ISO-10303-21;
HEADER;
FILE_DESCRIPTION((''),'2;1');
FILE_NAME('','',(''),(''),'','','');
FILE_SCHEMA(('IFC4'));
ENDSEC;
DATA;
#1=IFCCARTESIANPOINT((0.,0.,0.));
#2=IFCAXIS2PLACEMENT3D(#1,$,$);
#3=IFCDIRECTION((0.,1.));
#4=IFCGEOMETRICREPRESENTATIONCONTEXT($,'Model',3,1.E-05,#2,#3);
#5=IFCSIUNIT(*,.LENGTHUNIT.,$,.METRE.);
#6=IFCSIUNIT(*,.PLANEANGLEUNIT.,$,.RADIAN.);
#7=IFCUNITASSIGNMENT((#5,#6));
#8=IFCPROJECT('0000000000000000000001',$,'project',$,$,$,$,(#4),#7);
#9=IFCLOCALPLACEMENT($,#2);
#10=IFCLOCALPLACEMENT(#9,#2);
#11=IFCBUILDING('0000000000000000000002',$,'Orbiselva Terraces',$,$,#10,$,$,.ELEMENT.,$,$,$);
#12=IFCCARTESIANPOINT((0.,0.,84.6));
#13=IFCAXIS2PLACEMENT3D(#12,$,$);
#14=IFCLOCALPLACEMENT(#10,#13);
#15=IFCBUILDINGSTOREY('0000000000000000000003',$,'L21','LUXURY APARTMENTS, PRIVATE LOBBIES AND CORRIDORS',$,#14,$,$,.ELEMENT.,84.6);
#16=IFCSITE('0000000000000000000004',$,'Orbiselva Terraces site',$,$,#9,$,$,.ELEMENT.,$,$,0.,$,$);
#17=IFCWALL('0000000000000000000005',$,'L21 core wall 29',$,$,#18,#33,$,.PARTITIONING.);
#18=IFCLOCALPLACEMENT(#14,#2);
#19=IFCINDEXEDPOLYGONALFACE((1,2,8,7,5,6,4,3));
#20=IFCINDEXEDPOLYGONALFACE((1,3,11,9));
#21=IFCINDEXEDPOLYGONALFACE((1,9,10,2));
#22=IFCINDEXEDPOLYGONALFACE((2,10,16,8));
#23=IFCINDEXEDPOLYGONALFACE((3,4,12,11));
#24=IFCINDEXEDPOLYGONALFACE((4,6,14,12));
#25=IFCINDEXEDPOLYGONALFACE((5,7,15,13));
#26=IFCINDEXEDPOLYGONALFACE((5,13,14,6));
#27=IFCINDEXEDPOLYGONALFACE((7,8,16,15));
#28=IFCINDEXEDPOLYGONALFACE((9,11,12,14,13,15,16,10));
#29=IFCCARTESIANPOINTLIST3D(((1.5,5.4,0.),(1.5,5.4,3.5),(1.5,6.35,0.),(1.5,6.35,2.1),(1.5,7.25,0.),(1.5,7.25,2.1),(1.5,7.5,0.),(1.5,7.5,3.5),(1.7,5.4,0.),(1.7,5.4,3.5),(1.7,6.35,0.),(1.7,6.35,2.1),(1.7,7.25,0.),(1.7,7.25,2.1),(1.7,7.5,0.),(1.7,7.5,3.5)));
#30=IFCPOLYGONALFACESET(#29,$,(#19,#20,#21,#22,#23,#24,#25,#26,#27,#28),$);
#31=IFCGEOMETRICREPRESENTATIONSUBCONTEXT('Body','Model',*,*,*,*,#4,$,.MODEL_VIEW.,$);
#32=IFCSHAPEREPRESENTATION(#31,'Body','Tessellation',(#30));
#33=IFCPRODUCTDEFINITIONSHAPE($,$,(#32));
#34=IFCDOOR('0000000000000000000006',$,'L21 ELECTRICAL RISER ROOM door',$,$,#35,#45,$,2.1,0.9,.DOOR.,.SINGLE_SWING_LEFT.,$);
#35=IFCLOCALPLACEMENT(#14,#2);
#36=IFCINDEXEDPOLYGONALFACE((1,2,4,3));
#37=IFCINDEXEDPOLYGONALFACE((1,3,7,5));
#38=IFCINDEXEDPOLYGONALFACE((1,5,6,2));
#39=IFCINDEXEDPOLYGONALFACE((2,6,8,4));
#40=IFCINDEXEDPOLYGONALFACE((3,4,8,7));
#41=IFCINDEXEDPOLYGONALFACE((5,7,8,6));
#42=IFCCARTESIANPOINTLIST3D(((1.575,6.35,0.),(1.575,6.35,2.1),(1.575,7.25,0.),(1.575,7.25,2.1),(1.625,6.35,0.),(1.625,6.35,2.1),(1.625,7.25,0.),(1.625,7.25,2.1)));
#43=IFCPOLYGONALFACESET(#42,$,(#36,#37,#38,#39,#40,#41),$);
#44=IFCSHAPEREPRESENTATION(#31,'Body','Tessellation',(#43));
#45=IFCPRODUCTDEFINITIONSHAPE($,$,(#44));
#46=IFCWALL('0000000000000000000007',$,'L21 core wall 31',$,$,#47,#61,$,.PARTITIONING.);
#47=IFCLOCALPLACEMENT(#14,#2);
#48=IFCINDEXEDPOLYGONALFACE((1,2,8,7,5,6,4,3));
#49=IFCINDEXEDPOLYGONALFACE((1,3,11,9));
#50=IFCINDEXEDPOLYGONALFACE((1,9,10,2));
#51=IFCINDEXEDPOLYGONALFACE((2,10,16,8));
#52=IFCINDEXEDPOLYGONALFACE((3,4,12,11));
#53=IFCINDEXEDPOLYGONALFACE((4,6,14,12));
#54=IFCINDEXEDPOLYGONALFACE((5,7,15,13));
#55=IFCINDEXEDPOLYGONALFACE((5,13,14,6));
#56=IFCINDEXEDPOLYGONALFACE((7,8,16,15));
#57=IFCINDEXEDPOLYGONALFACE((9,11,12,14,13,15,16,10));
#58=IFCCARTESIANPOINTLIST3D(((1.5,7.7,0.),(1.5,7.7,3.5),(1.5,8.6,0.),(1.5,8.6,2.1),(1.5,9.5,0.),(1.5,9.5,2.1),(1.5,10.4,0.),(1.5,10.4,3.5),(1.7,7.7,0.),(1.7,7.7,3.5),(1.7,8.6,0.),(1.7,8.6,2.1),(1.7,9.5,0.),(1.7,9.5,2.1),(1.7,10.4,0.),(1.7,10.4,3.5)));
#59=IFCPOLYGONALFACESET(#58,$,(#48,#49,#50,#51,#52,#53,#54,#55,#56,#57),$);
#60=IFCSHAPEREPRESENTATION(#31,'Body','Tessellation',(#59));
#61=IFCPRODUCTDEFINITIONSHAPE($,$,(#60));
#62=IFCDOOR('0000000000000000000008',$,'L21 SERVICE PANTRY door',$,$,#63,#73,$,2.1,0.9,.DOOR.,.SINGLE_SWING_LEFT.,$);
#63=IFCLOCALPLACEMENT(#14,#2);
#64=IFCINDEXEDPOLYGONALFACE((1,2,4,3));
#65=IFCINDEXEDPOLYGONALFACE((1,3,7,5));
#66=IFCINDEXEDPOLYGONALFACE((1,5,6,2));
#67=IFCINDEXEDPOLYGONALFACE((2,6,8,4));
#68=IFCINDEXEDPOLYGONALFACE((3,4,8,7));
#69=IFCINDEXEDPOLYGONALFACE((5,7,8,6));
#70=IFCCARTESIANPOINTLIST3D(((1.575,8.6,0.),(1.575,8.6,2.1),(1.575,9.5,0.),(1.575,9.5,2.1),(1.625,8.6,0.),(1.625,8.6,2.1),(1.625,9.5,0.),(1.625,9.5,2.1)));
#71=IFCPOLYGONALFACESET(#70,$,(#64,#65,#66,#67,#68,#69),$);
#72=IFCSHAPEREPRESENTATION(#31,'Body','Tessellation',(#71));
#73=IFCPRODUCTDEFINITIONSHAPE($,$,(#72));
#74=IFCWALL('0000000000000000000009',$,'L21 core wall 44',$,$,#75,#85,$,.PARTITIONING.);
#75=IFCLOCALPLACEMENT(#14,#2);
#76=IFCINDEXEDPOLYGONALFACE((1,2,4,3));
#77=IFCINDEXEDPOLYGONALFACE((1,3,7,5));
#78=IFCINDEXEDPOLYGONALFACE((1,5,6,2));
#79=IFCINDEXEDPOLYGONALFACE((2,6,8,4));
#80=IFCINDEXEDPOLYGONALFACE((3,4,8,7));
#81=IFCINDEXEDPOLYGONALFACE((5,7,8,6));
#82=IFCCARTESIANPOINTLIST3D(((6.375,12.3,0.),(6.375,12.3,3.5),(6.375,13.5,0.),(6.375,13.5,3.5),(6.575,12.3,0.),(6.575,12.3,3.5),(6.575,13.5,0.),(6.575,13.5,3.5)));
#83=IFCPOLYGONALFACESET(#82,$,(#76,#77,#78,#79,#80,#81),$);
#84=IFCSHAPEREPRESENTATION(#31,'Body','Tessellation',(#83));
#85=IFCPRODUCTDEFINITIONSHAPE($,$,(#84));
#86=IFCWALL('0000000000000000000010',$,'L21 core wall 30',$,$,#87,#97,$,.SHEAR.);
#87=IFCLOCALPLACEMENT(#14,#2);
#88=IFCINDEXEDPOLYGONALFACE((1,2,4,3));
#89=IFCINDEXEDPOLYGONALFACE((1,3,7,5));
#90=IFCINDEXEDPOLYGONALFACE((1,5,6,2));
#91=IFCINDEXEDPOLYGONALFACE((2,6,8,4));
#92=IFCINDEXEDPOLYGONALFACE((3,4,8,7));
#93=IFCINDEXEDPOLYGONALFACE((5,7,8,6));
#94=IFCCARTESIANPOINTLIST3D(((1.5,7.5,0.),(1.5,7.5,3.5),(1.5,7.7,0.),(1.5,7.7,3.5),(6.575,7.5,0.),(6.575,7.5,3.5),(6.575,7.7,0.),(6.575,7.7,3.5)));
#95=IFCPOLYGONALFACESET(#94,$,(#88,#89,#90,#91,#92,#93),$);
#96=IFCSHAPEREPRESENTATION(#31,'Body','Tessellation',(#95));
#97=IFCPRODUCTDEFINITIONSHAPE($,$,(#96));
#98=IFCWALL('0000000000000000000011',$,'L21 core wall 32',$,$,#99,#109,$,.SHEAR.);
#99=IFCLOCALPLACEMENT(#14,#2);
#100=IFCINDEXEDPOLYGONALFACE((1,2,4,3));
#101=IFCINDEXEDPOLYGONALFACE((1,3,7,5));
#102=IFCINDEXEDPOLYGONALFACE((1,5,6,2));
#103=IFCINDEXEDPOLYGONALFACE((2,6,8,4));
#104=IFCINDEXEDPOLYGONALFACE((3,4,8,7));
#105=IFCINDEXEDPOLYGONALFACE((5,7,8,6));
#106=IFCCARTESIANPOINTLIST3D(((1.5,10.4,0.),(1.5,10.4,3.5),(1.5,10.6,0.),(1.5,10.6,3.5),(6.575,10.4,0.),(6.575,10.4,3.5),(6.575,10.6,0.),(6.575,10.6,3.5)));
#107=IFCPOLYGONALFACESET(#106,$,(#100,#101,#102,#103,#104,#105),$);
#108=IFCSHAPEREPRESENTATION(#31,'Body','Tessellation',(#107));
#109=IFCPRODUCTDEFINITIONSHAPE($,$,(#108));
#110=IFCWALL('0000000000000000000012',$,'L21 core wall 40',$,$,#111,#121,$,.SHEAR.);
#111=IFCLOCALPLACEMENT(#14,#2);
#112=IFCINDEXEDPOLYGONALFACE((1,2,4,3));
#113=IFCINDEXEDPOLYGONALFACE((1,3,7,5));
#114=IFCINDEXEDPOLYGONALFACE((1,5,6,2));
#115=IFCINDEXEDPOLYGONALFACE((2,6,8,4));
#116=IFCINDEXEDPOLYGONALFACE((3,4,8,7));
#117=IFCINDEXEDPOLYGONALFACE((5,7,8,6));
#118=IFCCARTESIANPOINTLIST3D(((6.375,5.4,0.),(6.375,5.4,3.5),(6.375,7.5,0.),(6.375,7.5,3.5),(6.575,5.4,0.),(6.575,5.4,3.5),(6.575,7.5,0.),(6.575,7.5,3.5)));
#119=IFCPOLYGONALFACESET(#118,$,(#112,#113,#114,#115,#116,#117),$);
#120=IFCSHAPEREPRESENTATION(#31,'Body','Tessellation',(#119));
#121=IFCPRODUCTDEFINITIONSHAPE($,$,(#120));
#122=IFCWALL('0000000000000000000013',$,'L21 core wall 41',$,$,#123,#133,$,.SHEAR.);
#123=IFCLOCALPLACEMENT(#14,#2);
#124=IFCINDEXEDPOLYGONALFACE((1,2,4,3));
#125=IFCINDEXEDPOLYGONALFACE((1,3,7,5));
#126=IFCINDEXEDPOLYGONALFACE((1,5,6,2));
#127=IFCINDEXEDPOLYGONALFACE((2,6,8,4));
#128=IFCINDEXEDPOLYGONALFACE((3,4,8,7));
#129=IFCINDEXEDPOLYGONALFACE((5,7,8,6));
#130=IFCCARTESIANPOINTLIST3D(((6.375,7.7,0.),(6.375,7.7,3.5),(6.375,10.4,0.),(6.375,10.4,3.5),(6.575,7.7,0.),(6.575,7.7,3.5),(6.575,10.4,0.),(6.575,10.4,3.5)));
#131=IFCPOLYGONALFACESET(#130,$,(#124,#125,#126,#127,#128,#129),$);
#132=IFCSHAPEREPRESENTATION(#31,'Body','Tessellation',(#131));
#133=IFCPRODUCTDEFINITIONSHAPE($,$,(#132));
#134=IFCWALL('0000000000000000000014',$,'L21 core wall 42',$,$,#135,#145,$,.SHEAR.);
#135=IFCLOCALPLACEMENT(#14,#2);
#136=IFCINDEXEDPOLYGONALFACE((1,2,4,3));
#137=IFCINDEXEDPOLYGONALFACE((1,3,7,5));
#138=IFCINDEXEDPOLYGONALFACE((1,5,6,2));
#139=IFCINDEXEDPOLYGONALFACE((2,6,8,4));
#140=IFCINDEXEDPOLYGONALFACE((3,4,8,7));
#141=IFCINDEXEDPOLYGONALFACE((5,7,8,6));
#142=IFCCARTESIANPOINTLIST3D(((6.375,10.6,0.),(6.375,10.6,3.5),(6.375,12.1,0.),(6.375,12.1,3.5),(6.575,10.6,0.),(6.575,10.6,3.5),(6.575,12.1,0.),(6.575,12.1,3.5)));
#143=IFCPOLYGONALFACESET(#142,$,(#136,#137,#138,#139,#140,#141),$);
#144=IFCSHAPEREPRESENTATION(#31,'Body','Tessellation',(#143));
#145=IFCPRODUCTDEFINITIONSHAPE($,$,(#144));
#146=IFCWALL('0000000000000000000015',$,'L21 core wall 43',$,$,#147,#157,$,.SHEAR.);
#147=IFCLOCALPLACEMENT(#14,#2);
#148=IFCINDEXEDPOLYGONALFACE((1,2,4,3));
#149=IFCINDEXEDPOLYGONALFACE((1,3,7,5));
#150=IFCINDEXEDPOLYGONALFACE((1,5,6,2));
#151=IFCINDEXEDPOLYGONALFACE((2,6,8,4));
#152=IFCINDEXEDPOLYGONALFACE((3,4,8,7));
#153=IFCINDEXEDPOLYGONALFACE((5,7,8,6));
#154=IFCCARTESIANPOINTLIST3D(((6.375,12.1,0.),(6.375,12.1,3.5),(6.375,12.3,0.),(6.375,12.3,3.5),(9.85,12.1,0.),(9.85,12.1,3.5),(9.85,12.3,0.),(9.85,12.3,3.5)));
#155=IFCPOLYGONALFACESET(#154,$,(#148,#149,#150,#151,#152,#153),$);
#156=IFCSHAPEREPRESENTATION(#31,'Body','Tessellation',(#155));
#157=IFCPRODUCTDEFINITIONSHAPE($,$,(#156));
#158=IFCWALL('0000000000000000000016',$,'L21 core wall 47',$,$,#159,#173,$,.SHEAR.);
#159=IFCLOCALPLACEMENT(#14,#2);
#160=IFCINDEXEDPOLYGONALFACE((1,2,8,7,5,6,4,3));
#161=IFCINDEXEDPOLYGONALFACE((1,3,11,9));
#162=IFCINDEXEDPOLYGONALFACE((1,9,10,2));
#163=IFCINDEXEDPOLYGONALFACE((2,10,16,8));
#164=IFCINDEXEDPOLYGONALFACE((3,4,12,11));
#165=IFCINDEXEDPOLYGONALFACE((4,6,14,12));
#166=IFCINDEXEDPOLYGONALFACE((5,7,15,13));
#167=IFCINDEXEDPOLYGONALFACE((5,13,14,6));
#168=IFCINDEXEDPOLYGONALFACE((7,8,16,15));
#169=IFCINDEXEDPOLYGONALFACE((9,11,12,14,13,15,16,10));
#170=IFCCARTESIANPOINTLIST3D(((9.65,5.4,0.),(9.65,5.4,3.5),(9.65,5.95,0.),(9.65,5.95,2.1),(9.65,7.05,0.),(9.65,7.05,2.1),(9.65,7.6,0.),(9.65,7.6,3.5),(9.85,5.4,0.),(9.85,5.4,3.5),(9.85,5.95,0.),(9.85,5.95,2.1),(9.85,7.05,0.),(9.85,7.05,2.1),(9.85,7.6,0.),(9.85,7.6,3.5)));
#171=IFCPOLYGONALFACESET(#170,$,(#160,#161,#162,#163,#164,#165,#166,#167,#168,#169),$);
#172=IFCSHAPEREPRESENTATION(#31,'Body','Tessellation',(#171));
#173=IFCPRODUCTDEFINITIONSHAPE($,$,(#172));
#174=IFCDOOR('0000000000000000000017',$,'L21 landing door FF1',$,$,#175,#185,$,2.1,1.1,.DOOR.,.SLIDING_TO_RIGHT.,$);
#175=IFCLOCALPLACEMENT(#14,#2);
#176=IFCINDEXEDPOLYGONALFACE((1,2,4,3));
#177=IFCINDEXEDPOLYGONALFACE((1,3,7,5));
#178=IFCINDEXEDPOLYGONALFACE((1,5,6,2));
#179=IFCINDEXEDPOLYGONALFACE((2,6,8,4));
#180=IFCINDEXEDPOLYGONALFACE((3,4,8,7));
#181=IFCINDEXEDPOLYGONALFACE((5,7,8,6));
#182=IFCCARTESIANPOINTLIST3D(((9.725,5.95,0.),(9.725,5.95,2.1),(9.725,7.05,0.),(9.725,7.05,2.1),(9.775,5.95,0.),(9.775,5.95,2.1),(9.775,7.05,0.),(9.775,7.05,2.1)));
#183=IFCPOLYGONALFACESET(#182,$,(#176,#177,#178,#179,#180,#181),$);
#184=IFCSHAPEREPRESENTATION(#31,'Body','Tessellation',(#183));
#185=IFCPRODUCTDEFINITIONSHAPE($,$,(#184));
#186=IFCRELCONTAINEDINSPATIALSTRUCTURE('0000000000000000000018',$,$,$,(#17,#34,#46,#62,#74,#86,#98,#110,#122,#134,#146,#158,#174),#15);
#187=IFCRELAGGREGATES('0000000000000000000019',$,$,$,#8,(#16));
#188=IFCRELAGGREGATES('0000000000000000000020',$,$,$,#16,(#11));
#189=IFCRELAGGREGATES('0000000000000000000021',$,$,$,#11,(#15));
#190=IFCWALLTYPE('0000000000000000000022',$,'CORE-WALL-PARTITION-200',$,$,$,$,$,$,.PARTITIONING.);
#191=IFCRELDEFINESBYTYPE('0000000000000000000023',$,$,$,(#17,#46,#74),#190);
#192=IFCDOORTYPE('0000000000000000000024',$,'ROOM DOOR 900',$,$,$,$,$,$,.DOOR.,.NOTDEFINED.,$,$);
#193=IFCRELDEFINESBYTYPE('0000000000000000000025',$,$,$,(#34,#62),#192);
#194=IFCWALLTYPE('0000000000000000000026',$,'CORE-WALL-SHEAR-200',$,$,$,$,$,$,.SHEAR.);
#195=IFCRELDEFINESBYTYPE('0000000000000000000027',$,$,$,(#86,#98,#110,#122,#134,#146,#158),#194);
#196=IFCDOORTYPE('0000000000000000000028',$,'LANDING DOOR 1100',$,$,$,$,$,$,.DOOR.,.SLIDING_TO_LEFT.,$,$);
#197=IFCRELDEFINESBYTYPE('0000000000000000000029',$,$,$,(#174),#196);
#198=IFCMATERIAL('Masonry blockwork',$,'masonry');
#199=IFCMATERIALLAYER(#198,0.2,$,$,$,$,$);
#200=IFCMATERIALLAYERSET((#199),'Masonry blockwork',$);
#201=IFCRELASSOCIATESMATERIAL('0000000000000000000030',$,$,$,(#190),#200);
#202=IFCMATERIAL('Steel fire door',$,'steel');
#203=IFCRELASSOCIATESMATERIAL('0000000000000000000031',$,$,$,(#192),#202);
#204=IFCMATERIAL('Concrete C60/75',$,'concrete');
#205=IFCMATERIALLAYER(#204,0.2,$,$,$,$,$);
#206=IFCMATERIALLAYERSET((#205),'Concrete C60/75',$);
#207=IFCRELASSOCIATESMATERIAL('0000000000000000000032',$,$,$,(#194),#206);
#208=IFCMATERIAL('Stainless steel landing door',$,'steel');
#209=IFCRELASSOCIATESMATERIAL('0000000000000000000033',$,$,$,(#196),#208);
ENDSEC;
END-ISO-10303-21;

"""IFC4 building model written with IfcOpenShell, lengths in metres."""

from ifc_helpers import new_model, si_unit, direction, frame, frame_2d, origin, place, context, subcontext, project, spatial, rectangle, extrude, material, layer, layer_set, type_object, element, fill, save


model = new_model("IFC4")

# Units and contexts
model_context = context("Model", 3, precision=1e-05, world=origin(), true_north=direction((0.0, 1.0)))
body_context = subcontext(model_context, "Body", "Model", "MODEL_VIEW")
ifc_project = project(units=[si_unit("LENGTHUNIT", "METRE"), si_unit("PLANEANGLEUNIT", "RADIAN")], contexts=[model_context])

# Site, building, storey
site_placement = place(None, origin())
site = spatial("IfcSite", under=ifc_project, at=site_placement, Name="Orbiselva Terraces site", CompositionType="ELEMENT", RefElevation=0.0)
building_placement = place(site_placement, origin())
building = spatial("IfcBuilding", under=site, at=building_placement, Name="Orbiselva Terraces", CompositionType="ELEMENT")
storey_placement = place(building_placement, frame((0.0, 0.0, 84.6)))
storey = spatial("IfcBuildingStorey", under=building, at=storey_placement, Name="L21", Description="LUXURY APARTMENTS, PRIVATE LOBBIES AND CORRIDORS", CompositionType="ELEMENT", Elevation=84.6)

# Walls, openings, doors
ifc_material_1 = material(Name="Masonry blockwork", Category="masonry")
ifc_layer_1 = layer(ifc_material_1, 0.2)
ifc_layer_set_1 = layer_set([ifc_layer_1], Name="Masonry blockwork")
wall_type_1 = type_object("IfcWallType", Name="CORE-WALL-PARTITION-200", PredefinedType="PARTITIONING", material=ifc_layer_set_1)
wall_1_placement = place(storey_placement, frame((1.6, 7.5, 0.0), z_axis=(0.0, 0.0, 1.0), x_axis=(0.0, -1.0, 0.0)))
wall_1 = element("IfcWall", 1, at=wall_1_placement, inside=storey, type_object=wall_type_1, Name="L21 core wall 29", PredefinedType="PARTITIONING", context=body_context, shape_type="SweptSolid", body=[
    extrude(rectangle(XDim=2.1, YDim=0.2, at=frame_2d((1.05, 0.0))), origin(), (0.0, 0.0, 1.0), 3.5),
])
opening_1_placement = place(wall_1_placement, frame((0.25, 0.0, 0.0)))
opening_1 = element("IfcOpeningElement", 2, at=opening_1_placement, cuts=wall_1, PredefinedType="OPENING", context=body_context, shape_type="SweptSolid", body=[
    extrude(rectangle(XDim=0.9, YDim=2.1, at=frame_2d((0.45, 1.05))), frame((0.0, 0.11, 0.0), z_axis=(0.0, -1.0, 0.0), x_axis=(1.0, 0.0, 0.0)), (0.0, 0.0, 1.0), 0.22),
])
ifc_material_2 = material(Name="Steel fire door", Category="steel")
door_type_1 = type_object("IfcDoorType", Name="ROOM DOOR 900", OperationType="NOTDEFINED", PredefinedType="DOOR", material=ifc_material_2)
door_1_placement = place(opening_1_placement, origin())
door_1 = element("IfcDoor", 3, at=door_1_placement, inside=storey, type_object=door_type_1, Name="L21 ELECTRICAL RISER ROOM door", OperationType="SINGLE_SWING_LEFT", OverallHeight=2.1, OverallWidth=0.9, PredefinedType="DOOR", context=body_context, shape_type="SweptSolid", body=[
    extrude(rectangle(XDim=0.9, YDim=2.1, at=frame_2d((0.45, 1.05))), frame((0.0, 0.025, 0.0), z_axis=(0.0, -1.0, 0.0), x_axis=(1.0, 0.0, 0.0)), (0.0, 0.0, 1.0), 0.05),
])
fill(opening_1, door_1)
wall_2_placement = place(storey_placement, frame((1.6, 10.4, 0.0), z_axis=(0.0, 0.0, 1.0), x_axis=(0.0, -1.0, 0.0)))
wall_2 = element("IfcWall", 4, at=wall_2_placement, inside=storey, type_object=wall_type_1, Name="L21 core wall 31", PredefinedType="PARTITIONING", context=body_context, shape_type="SweptSolid", body=[
    extrude(rectangle(XDim=2.7, YDim=0.2, at=frame_2d((1.35, 0.0))), origin(), (0.0, 0.0, 1.0), 3.5),
])
opening_2_placement = place(wall_2_placement, frame((0.9, 0.0, 0.0)))
opening_2 = element("IfcOpeningElement", 5, at=opening_2_placement, cuts=wall_2, PredefinedType="OPENING", context=body_context, shape_type="SweptSolid", body=[
    extrude(rectangle(XDim=0.9, YDim=2.1, at=frame_2d((0.45, 1.05))), frame((0.0, 0.11, 0.0), z_axis=(0.0, -1.0, 0.0), x_axis=(1.0, 0.0, 0.0)), (0.0, 0.0, 1.0), 0.22),
])
door_2_placement = place(opening_2_placement, origin())
door_2 = element("IfcDoor", 6, at=door_2_placement, inside=storey, type_object=door_type_1, Name="L21 SERVICE PANTRY door", OperationType="SINGLE_SWING_LEFT", OverallHeight=2.1, OverallWidth=0.9, PredefinedType="DOOR", context=body_context, shape_type="SweptSolid", body=[
    extrude(rectangle(XDim=0.9, YDim=2.1, at=frame_2d((0.45, 1.05))), frame((0.0, 0.025, 0.0), z_axis=(0.0, -1.0, 0.0), x_axis=(1.0, 0.0, 0.0)), (0.0, 0.0, 1.0), 0.05),
])
fill(opening_2, door_2)

# Walls
wall_3_placement = place(storey_placement, frame((6.475, 12.3, 0.0), z_axis=(0.0, 0.0, 1.0), x_axis=(0.0, 1.0, 0.0)))
element("IfcWall", 7, at=wall_3_placement, inside=storey, type_object=wall_type_1, Name="L21 core wall 44", PredefinedType="PARTITIONING", context=body_context, shape_type="SweptSolid", body=[
    extrude(rectangle(XDim=1.2, YDim=0.2, at=frame_2d((0.6, 0.0))), origin(), (0.0, 0.0, 1.0), 3.5),
])
ifc_material_3 = material(Name="Concrete C60/75", Category="concrete")
ifc_layer_2 = layer(ifc_material_3, 0.2)
ifc_layer_set_2 = layer_set([ifc_layer_2], Name="Concrete C60/75")
wall_type_2 = type_object("IfcWallType", Name="CORE-WALL-SHEAR-200", PredefinedType="SHEAR", material=ifc_layer_set_2)
for number, where, z_axis, x_axis, name in (
    (8, (1.5, 7.6, 0.0), (0.0, 0.0, 1.0), (1.0, 0.0, 0.0), "L21 core wall 30"),
    (9, (1.5, 10.5, 0.0), (0.0, 0.0, 1.0), (1.0, 0.0, 0.0), "L21 core wall 32"),
):
    element("IfcWall", number, at=place(storey_placement, frame(where, z_axis=z_axis, x_axis=x_axis)), inside=storey, type_object=wall_type_2, Name=name, PredefinedType="SHEAR", context=body_context, shape_type="SweptSolid", body=[
        extrude(rectangle(XDim=5.075, YDim=0.2, at=frame_2d((2.5375, 0.0))), origin(), (0.0, 0.0, 1.0), 3.5),
    ])
wall_4_placement = place(storey_placement, frame((6.475, 5.4, 0.0), z_axis=(0.0, 0.0, 1.0), x_axis=(0.0, 1.0, 0.0)))
element("IfcWall", 10, at=wall_4_placement, inside=storey, type_object=wall_type_2, Name="L21 core wall 40", PredefinedType="SHEAR", context=body_context, shape_type="SweptSolid", body=[
    extrude(rectangle(XDim=2.1, YDim=0.2, at=frame_2d((1.05, 0.0))), origin(), (0.0, 0.0, 1.0), 3.5),
])
wall_5_placement = place(storey_placement, frame((6.475, 7.7, 0.0), z_axis=(0.0, 0.0, 1.0), x_axis=(0.0, 1.0, 0.0)))
element("IfcWall", 11, at=wall_5_placement, inside=storey, type_object=wall_type_2, Name="L21 core wall 41", PredefinedType="SHEAR", context=body_context, shape_type="SweptSolid", body=[
    extrude(rectangle(XDim=2.7, YDim=0.2, at=frame_2d((1.35, 0.0))), origin(), (0.0, 0.0, 1.0), 3.5),
])
wall_6_placement = place(storey_placement, frame((6.475, 10.6, 0.0), z_axis=(0.0, 0.0, 1.0), x_axis=(0.0, 1.0, 0.0)))
element("IfcWall", 12, at=wall_6_placement, inside=storey, type_object=wall_type_2, Name="L21 core wall 42", PredefinedType="SHEAR", context=body_context, shape_type="SweptSolid", body=[
    extrude(rectangle(XDim=1.5, YDim=0.2, at=frame_2d((0.75, 0.0))), origin(), (0.0, 0.0, 1.0), 3.5),
])
wall_7_placement = place(storey_placement, frame((6.375, 12.2, 0.0), z_axis=(0.0, 0.0, 1.0), x_axis=(1.0, 0.0, 0.0)))
element("IfcWall", 13, at=wall_7_placement, inside=storey, type_object=wall_type_2, Name="L21 core wall 43", PredefinedType="SHEAR", context=body_context, shape_type="SweptSolid", body=[
    extrude(rectangle(XDim=3.475, YDim=0.2, at=frame_2d((1.7375, 0.0))), origin(), (0.0, 0.0, 1.0), 3.5),
])

# Wall, opening, door
wall_8_placement = place(storey_placement, frame((9.75, 5.4, 0.0), z_axis=(0.0, 0.0, 1.0), x_axis=(0.0, 1.0, 0.0)))
wall_8 = element("IfcWall", 14, at=wall_8_placement, inside=storey, type_object=wall_type_2, Name="L21 core wall 47", PredefinedType="SHEAR", context=body_context, shape_type="SweptSolid", body=[
    extrude(rectangle(XDim=2.2, YDim=0.2, at=frame_2d((1.1, 0.0))), origin(), (0.0, 0.0, 1.0), 3.5),
])
opening_3_placement = place(wall_8_placement, frame((0.55, 0.0, 0.0)))
opening_3 = element("IfcOpeningElement", 15, at=opening_3_placement, cuts=wall_8, PredefinedType="OPENING", context=body_context, shape_type="SweptSolid", body=[
    extrude(rectangle(XDim=1.1, YDim=2.1, at=frame_2d((0.55, 1.05))), frame((0.0, 0.11, 0.0), z_axis=(0.0, -1.0, 0.0), x_axis=(1.0, 0.0, 0.0)), (0.0, 0.0, 1.0), 0.22),
])
ifc_material_4 = material(Name="Stainless steel landing door", Category="steel")
door_type_2 = type_object("IfcDoorType", Name="LANDING DOOR 1100", OperationType="SLIDING_TO_LEFT", PredefinedType="DOOR", material=ifc_material_4)
door_3_placement = place(opening_3_placement, origin())
door_3 = element("IfcDoor", 16, at=door_3_placement, inside=storey, type_object=door_type_2, Name="L21 landing door FF1", OperationType="SLIDING_TO_RIGHT", OverallHeight=2.1, OverallWidth=1.1, PredefinedType="DOOR", context=body_context, shape_type="SweptSolid", body=[
    extrude(rectangle(XDim=1.1, YDim=2.1, at=frame_2d((0.55, 1.05))), frame((0.0, 0.025, 0.0), z_axis=(0.0, -1.0, 0.0), x_axis=(1.0, 0.0, 0.0)), (0.0, 0.0, 1.0), 0.05),
])
fill(opening_3, door_3)

save(model, "model.ifc")
